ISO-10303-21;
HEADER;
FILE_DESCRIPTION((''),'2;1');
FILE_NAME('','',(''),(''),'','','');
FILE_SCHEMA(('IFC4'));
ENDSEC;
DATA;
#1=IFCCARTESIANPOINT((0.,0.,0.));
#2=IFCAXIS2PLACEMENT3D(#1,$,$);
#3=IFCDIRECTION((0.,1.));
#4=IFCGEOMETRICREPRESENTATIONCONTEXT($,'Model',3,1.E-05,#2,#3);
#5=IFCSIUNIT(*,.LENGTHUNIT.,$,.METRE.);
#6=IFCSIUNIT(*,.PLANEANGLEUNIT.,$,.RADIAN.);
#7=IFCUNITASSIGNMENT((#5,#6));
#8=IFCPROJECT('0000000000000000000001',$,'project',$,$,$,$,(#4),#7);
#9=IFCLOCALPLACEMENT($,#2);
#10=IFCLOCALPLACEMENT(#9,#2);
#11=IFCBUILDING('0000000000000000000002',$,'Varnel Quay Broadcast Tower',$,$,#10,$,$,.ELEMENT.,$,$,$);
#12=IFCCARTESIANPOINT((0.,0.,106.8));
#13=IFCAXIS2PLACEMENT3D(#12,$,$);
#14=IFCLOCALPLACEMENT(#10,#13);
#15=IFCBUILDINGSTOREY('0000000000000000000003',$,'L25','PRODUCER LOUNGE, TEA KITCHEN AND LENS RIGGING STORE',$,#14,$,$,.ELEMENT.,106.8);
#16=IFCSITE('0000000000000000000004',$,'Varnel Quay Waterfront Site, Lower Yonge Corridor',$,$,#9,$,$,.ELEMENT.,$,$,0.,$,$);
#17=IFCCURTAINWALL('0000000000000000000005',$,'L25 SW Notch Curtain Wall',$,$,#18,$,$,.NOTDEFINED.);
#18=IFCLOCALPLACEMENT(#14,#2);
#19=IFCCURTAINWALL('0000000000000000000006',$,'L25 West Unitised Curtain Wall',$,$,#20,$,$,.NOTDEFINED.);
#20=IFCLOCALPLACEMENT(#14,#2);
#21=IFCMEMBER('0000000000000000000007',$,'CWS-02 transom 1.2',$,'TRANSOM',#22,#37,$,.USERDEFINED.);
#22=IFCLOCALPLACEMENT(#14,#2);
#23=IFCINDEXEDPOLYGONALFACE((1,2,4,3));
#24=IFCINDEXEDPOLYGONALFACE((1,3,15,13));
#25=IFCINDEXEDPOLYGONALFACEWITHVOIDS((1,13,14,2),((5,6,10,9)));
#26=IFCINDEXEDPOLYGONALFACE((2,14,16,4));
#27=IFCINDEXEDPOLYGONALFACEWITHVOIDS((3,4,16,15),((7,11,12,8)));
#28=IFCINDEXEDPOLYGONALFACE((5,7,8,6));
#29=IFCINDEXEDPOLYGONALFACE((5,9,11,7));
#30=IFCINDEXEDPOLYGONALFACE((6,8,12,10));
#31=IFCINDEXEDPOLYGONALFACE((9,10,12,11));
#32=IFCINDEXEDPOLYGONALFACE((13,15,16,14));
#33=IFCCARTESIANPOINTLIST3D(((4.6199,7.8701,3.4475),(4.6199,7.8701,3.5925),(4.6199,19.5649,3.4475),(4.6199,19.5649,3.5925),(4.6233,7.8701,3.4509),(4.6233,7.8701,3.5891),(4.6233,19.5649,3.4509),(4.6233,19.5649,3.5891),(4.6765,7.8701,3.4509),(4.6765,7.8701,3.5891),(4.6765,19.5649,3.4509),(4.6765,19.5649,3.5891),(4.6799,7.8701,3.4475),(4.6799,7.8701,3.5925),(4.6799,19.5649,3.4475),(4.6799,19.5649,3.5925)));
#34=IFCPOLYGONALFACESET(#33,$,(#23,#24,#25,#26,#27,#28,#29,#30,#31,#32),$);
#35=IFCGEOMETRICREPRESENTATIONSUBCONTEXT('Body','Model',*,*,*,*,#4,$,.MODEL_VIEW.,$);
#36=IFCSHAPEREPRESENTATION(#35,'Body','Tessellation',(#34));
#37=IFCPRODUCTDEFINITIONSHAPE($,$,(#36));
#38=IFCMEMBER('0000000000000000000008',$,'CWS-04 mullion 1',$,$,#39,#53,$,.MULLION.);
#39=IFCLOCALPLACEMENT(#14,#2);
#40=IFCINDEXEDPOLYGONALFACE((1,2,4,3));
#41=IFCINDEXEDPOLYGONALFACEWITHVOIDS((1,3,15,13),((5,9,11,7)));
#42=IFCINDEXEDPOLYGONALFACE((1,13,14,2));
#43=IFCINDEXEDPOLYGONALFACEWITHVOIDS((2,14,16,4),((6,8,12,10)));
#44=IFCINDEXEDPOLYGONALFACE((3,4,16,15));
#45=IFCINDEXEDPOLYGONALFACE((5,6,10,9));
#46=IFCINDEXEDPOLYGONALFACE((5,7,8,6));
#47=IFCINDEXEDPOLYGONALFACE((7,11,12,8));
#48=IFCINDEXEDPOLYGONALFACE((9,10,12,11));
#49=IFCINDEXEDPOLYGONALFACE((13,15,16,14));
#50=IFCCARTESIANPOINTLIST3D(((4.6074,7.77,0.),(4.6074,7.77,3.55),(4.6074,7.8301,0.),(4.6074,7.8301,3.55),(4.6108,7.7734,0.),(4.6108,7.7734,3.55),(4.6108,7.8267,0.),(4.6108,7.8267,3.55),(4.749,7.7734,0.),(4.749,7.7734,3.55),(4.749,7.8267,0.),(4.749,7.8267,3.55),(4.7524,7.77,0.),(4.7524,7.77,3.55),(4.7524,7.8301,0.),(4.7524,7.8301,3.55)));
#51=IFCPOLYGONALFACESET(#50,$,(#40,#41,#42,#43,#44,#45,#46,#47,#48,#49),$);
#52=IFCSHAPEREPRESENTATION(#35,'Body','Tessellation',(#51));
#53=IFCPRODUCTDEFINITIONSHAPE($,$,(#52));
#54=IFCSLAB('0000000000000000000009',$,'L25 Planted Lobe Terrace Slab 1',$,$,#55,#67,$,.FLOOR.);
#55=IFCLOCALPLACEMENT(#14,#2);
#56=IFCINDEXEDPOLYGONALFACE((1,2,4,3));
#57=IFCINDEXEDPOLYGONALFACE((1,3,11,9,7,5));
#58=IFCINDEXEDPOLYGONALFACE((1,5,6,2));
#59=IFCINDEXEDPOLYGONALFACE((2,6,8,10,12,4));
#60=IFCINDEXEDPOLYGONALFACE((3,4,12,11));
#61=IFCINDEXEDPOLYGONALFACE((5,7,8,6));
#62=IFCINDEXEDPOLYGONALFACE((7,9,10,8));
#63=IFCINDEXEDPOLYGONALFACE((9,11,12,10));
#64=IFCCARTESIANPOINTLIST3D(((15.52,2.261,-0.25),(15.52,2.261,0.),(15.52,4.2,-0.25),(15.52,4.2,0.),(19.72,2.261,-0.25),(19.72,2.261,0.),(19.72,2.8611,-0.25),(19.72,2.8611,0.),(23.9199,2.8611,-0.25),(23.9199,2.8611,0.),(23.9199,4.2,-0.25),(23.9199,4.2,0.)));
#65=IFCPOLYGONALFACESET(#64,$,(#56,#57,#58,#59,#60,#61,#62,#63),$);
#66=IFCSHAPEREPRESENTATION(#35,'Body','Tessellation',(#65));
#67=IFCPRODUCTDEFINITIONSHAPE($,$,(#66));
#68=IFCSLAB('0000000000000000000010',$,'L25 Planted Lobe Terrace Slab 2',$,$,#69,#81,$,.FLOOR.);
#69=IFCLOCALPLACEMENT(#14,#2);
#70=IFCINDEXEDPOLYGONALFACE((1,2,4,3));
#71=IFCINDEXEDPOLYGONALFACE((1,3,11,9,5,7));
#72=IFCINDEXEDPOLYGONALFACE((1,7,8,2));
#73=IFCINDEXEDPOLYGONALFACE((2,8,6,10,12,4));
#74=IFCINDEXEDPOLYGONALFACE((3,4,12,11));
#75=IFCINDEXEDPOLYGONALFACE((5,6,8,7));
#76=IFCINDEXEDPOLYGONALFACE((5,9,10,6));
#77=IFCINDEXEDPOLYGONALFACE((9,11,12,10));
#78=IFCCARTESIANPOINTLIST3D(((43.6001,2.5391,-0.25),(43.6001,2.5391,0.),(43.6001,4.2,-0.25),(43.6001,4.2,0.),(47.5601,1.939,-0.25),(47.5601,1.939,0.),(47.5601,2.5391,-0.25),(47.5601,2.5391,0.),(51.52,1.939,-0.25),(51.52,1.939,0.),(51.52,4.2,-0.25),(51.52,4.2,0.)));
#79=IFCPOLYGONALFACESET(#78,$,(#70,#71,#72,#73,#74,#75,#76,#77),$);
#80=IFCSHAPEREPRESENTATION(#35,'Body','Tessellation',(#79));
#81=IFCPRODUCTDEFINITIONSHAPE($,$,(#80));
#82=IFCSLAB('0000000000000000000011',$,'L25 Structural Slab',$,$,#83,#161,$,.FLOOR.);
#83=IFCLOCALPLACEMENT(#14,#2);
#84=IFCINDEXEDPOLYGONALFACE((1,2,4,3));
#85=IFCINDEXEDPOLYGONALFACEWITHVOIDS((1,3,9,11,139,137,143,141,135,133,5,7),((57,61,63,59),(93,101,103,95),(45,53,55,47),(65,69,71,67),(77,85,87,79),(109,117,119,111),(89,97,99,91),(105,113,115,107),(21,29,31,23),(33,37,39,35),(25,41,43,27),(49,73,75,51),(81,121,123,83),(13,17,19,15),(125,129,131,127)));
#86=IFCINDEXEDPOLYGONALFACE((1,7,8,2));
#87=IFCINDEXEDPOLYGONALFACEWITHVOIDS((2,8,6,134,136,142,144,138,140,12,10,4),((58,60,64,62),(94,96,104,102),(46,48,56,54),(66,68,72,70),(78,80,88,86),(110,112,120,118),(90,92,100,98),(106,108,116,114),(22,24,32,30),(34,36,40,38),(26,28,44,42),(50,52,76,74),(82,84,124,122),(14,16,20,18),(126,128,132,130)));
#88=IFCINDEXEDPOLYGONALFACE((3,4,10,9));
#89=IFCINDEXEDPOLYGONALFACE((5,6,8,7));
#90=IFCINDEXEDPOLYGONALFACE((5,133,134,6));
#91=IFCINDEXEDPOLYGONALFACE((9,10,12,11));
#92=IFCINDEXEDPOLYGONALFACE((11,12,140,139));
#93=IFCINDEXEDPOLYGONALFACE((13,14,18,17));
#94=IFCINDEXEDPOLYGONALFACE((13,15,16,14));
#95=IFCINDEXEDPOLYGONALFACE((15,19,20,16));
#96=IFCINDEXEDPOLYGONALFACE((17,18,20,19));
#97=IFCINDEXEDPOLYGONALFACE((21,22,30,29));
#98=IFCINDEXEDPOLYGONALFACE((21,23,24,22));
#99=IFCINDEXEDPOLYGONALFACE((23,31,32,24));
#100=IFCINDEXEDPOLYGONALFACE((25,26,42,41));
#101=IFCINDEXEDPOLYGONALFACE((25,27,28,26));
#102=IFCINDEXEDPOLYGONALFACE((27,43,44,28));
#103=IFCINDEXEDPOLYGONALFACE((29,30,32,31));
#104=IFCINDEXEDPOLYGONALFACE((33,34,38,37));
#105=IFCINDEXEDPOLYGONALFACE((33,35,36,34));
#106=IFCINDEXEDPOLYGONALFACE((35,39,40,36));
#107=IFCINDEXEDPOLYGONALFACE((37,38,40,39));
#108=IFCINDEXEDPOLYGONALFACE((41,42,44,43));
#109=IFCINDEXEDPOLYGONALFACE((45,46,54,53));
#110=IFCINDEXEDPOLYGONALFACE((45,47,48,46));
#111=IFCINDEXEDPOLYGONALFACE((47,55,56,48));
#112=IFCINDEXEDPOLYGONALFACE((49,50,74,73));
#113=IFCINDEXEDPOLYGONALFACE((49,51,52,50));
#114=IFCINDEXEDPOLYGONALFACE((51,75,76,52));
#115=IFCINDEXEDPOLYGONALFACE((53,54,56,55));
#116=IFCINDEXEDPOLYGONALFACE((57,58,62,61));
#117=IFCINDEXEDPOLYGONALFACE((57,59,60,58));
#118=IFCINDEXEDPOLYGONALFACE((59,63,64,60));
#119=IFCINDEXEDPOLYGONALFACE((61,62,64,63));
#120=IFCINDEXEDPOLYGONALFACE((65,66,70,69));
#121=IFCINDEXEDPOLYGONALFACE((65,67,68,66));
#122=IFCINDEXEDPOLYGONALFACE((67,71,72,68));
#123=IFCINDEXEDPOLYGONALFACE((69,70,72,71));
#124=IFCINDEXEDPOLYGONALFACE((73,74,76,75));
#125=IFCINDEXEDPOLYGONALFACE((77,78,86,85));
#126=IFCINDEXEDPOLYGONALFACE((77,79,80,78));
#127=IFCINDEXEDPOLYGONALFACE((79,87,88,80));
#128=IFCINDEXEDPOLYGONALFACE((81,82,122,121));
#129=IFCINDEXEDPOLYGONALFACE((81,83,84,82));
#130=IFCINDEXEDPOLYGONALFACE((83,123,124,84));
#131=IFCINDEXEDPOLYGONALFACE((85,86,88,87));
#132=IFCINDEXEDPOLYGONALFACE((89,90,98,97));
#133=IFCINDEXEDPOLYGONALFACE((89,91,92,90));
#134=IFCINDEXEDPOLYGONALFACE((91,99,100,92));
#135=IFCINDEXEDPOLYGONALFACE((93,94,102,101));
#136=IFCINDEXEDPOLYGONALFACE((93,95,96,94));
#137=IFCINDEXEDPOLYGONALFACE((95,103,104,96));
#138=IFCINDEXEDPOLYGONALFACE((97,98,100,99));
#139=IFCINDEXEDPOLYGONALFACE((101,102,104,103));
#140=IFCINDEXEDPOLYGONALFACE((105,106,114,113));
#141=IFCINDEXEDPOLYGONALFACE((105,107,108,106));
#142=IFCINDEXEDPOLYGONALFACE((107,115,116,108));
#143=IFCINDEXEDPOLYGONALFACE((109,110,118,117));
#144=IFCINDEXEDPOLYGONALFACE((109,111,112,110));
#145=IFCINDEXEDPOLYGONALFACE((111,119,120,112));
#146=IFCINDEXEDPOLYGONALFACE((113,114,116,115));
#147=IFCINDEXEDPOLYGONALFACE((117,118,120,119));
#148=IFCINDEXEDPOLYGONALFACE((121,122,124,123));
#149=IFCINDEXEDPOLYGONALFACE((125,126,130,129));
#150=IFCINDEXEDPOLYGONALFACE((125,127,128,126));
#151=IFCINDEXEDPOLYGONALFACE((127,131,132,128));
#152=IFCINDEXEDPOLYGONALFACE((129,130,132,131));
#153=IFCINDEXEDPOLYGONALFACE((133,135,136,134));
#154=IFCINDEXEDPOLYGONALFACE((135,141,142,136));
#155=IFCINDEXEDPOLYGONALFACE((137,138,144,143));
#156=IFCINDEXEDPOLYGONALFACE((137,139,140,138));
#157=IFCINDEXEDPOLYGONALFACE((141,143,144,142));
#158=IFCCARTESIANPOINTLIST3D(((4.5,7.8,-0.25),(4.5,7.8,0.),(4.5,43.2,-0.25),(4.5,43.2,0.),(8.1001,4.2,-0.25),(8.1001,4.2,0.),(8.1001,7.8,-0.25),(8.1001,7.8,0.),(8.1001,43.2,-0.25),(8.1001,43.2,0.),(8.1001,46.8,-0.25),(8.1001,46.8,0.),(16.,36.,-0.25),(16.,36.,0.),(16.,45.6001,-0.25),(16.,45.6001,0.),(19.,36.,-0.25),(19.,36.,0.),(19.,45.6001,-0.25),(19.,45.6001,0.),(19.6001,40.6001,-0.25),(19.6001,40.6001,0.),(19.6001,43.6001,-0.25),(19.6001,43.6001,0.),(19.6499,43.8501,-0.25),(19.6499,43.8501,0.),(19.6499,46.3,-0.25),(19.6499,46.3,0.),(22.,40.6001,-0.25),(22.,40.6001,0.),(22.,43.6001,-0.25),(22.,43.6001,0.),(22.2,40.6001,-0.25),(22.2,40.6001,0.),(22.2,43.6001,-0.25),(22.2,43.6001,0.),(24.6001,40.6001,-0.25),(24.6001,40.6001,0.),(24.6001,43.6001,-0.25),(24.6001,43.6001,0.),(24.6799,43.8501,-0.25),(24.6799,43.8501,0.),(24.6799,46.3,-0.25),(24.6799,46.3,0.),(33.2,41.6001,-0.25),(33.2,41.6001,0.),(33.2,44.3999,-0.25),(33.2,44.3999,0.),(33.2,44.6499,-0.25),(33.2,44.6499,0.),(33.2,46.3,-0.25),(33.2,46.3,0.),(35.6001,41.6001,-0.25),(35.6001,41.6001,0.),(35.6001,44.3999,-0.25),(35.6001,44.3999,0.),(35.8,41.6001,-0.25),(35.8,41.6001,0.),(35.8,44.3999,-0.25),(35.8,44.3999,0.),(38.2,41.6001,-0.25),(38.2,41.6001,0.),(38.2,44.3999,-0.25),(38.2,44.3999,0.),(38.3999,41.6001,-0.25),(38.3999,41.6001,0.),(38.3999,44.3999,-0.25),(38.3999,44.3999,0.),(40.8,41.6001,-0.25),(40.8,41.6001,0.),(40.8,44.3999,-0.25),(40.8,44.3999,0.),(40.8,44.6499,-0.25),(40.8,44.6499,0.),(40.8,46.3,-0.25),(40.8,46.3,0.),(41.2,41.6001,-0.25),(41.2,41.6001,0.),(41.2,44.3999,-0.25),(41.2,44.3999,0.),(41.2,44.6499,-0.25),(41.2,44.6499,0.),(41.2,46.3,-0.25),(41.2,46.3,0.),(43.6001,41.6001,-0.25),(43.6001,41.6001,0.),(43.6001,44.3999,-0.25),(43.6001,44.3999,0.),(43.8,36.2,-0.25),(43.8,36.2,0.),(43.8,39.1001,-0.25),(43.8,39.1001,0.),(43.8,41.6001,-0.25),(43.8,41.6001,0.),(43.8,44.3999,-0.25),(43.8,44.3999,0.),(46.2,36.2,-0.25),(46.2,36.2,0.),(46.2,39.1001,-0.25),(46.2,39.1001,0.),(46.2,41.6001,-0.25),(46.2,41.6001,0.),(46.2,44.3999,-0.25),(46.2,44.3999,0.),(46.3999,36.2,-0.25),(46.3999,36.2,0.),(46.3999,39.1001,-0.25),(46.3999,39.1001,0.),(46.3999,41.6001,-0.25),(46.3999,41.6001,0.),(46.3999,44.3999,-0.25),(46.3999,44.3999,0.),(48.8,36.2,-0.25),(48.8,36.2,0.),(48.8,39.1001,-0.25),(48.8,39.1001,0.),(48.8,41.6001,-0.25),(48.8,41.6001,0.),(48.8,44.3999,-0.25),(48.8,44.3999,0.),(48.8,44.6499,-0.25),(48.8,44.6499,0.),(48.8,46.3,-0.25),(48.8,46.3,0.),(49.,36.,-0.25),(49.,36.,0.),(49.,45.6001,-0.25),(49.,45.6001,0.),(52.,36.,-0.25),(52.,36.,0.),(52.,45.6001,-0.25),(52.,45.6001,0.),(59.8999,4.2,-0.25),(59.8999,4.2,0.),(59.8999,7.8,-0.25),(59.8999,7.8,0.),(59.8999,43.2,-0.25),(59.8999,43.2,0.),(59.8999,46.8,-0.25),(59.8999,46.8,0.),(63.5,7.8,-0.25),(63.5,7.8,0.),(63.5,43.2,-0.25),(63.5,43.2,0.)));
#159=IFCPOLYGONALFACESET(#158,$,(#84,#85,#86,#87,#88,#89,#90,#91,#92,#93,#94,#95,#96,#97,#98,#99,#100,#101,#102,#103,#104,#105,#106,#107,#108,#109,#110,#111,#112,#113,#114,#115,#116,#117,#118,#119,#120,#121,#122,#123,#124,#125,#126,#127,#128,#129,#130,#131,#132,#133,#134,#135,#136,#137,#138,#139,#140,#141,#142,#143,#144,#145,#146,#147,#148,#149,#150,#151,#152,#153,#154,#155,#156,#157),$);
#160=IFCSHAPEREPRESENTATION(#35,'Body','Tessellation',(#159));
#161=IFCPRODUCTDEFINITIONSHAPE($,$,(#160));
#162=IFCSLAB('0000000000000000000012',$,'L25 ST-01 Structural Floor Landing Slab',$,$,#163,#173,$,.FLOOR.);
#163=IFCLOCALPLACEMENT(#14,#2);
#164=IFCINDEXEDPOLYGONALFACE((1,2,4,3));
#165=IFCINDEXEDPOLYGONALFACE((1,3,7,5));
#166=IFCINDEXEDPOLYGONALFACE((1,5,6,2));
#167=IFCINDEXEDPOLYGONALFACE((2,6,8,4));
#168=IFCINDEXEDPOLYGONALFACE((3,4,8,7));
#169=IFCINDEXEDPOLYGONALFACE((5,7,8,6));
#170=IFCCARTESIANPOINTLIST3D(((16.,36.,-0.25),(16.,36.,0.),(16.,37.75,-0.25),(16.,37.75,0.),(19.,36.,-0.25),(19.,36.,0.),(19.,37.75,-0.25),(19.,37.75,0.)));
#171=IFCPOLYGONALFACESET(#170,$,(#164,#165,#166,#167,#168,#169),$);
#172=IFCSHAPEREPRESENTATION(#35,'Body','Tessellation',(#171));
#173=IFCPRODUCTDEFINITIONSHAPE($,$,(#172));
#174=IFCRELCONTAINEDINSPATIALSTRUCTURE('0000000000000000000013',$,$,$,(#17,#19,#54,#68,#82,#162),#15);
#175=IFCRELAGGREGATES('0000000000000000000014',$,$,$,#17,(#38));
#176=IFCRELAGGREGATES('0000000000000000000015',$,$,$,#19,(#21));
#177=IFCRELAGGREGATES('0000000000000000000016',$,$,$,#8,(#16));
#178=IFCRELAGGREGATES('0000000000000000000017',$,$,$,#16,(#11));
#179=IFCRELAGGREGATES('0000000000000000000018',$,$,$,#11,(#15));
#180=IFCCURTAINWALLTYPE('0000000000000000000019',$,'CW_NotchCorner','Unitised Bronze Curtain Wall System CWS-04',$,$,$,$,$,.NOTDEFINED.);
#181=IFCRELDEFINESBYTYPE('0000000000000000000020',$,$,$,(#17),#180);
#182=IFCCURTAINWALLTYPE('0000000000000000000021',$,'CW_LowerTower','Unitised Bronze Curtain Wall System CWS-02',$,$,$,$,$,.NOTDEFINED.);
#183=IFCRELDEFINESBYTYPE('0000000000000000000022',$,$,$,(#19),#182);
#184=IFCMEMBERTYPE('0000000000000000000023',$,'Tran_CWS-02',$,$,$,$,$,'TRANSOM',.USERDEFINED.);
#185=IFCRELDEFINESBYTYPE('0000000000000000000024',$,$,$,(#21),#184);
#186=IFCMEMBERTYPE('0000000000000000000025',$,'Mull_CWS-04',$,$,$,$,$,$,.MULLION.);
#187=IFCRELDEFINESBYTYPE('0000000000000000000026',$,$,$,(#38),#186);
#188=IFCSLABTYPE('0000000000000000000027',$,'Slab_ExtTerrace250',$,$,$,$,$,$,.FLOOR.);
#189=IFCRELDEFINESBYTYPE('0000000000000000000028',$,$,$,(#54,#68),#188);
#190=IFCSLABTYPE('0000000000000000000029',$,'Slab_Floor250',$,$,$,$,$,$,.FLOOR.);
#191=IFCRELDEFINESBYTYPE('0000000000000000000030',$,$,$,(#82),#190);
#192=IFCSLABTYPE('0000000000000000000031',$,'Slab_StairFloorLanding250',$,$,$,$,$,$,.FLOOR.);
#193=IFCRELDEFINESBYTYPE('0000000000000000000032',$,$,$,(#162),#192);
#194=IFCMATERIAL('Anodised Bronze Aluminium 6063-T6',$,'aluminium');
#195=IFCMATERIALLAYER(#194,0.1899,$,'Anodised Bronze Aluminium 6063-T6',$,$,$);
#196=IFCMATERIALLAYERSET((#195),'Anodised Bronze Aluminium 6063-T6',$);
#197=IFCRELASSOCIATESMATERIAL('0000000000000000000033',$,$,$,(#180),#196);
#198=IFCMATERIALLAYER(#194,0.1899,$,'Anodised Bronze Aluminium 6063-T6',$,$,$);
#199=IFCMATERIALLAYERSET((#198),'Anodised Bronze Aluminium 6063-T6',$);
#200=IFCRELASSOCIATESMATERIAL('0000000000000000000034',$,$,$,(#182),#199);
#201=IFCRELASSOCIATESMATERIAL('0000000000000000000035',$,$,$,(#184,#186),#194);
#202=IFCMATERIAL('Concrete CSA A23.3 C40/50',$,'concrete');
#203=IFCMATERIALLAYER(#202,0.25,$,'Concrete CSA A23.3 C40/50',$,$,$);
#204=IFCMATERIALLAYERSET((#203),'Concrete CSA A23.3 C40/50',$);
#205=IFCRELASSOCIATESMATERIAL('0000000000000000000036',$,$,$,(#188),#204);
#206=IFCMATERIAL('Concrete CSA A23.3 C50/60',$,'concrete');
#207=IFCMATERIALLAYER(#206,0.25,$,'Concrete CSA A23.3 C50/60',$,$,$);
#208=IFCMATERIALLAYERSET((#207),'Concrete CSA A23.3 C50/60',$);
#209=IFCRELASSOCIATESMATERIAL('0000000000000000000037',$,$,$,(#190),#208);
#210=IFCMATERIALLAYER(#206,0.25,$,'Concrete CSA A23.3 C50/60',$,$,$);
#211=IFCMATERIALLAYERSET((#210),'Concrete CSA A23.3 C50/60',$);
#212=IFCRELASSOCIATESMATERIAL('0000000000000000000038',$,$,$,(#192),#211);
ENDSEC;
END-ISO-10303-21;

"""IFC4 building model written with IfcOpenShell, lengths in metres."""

from ifc_helpers import new_model, si_unit, direction, frame, origin, origin_2d, place, context, subcontext, project, spatial, polyline, hollow_rectangle, outline, extrude, source, transform, mapped, material, layer, layer_set, material_profile, profile_set, type_object, type_shapes, element, aggregate, save


model = new_model("IFC4")

# Units and contexts
model_context = context("Model", 3, precision=1e-05, world=origin(), true_north=direction((0.0, 1.0)))
body_context = subcontext(model_context, "Body", "Model", "MODEL_VIEW")
ifc_project = project(units=[si_unit("LENGTHUNIT", "METRE"), si_unit("PLANEANGLEUNIT", "RADIAN")], contexts=[model_context])

# Site, building, storey
site_placement = place(None, origin())
site = spatial("IfcSite", under=ifc_project, at=site_placement, Name="Varnel Quay Waterfront Site, Lower Yonge Corridor", CompositionType="ELEMENT", RefElevation=0.0)
building_placement = place(site_placement, origin())
building = spatial("IfcBuilding", under=site, at=building_placement, Name="Varnel Quay Broadcast Tower", CompositionType="ELEMENT")
storey_placement = place(building_placement, frame((0.0, 0.0, 106.8)))
storey = spatial("IfcBuildingStorey", under=building, at=storey_placement, Name="L25", Description="PRODUCER LOUNGE, TEA KITCHEN AND LENS RIGGING STORE", CompositionType="ELEMENT", Elevation=106.8)

# Curtain walls, member
ifc_material_1 = material(Name="Anodised Bronze Aluminium 6063-T6", Category="aluminium")
ifc_layer_1 = layer(ifc_material_1, 0.1899, Name="Anodised Bronze Aluminium 6063-T6")
ifc_layer_set_1 = layer_set([ifc_layer_1], Name="Anodised Bronze Aluminium 6063-T6")
curtain_wall_type_1 = type_object("IfcCurtainWallType", Name="CW_NotchCorner", Description="Unitised Bronze Curtain Wall System CWS-04", PredefinedType="NOTDEFINED", material=ifc_layer_set_1)
curtain_wall_1_placement = place(storey_placement, origin())
curtain_wall_1 = element("IfcCurtainWall", 1, at=curtain_wall_1_placement, inside=storey, type_object=curtain_wall_type_1, Name="L25 SW Notch Curtain Wall", PredefinedType="NOTDEFINED")
ifc_layer_2 = layer(ifc_material_1, 0.1899, Name="Anodised Bronze Aluminium 6063-T6")
ifc_layer_set_2 = layer_set([ifc_layer_2], Name="Anodised Bronze Aluminium 6063-T6")
curtain_wall_type_2 = type_object("IfcCurtainWallType", Name="CW_LowerTower", Description="Unitised Bronze Curtain Wall System CWS-02", PredefinedType="NOTDEFINED", material=ifc_layer_set_2)
curtain_wall_2_placement = place(storey_placement, origin())
curtain_wall_2 = element("IfcCurtainWall", 2, at=curtain_wall_2_placement, inside=storey, type_object=curtain_wall_type_2, Name="L25 West Unitised Curtain Wall", PredefinedType="NOTDEFINED")
ifc_material_profile_1 = material_profile(ifc_material_1, hollow_rectangle(XDim=0.0601, YDim=0.145, WallThickness=0.0034, at=origin_2d()), Name="ALU60X145X3.5")
ifc_profile_set_1 = profile_set([ifc_material_profile_1], Name="Anodised Bronze Aluminium 6063-T6")
member_type_1 = type_object("IfcMemberType", Name="Tran_CWS-02", ElementType="TRANSOM", PredefinedType="USERDEFINED", material=ifc_profile_set_1)
shared_shape_1 = source(origin(), body_context, "Body", "SweptSolid", [
    extrude(hollow_rectangle(XDim=0.0601, YDim=0.145, WallThickness=0.0034, at=origin_2d()), origin(), (0.0, 0.0, 1.0), 11.6948),
])
type_shapes(member_type_1, [shared_shape_1])
member_1_placement = place(storey_placement, frame((4.6499, 7.8701, 3.52), z_axis=(0.0, 1.0, 0.0), x_axis=(-1.0, 0.0, 0.0)))
member_1 = element("IfcMember", 3, at=member_1_placement, type_object=member_type_1, Name="CWS-02 transom 1.2", ObjectType="TRANSOM", PredefinedType="USERDEFINED", context=body_context, shape_type="MappedRepresentation", body=[
    mapped(shared_shape_1, transform((0.0, 0.0, 0.0), x_axis=(1.0, 0.0, 0.0), y_axis=(0.0, 1.0, 0.0), z_axis=(0.0, 0.0, 1.0), scale=1.0)),
])

# Member
ifc_material_profile_2 = material_profile(ifc_material_1, hollow_rectangle(XDim=0.0601, YDim=0.145, WallThickness=0.0034, at=origin_2d()), Name="ALU60X145X3.5")
ifc_profile_set_2 = profile_set([ifc_material_profile_2], Name="Anodised Bronze Aluminium 6063-T6")
member_type_2 = type_object("IfcMemberType", Name="Mull_CWS-04", PredefinedType="MULLION", material=ifc_profile_set_2)
shared_shape_2 = source(origin(), body_context, "Body", "SweptSolid", [
    extrude(hollow_rectangle(XDim=0.0601, YDim=0.145, WallThickness=0.0034, at=origin_2d()), origin(), (0.0, 0.0, 1.0), 3.55),
])
type_shapes(member_type_2, [shared_shape_2])
member_2_placement = place(storey_placement, frame((4.6799, 7.8, 0.0), z_axis=(0.0, 0.0, 1.0), x_axis=(0.0, 1.0, 0.0)))
member_2 = element("IfcMember", 4, at=member_2_placement, type_object=member_type_2, Name="CWS-04 mullion 1", PredefinedType="MULLION", context=body_context, shape_type="MappedRepresentation", body=[
    mapped(shared_shape_2, transform((0.0, 0.0, 0.0), x_axis=(1.0, 0.0, 0.0), y_axis=(0.0, 1.0, 0.0), z_axis=(0.0, 0.0, 1.0), scale=1.0)),
])

# Slabs
ifc_material_2 = material(Name="Concrete CSA A23.3 C40/50", Category="concrete")
ifc_layer_3 = layer(ifc_material_2, 0.25, Name="Concrete CSA A23.3 C40/50")
ifc_layer_set_3 = layer_set([ifc_layer_3], Name="Concrete CSA A23.3 C40/50")
slab_type_1 = type_object("IfcSlabType", Name="Slab_ExtTerrace250", PredefinedType="FLOOR", material=ifc_layer_set_3)
slab_1_placement = place(storey_placement, frame((0.0, 0.0, -0.25)))
element("IfcSlab", 5, at=slab_1_placement, inside=storey, type_object=slab_type_1, Name="L25 Planted Lobe Terrace Slab 1", PredefinedType="FLOOR", context=body_context, shape_type="SweptSolid", body=[
    extrude(outline(polyline([(15.52, 2.261), (19.72, 2.261), (19.72, 2.8611), (23.9199, 2.8611), (23.9199, 4.2), (15.52, 4.2), (15.52, 2.261)])), origin(), (0.0, 0.0, 1.0), 0.25),
])
slab_2_placement = place(storey_placement, frame((0.0, 0.0, -0.25)))
element("IfcSlab", 6, at=slab_2_placement, inside=storey, type_object=slab_type_1, Name="L25 Planted Lobe Terrace Slab 2", PredefinedType="FLOOR", context=body_context, shape_type="SweptSolid", body=[
    extrude(outline(polyline([(43.6001, 2.5391), (47.5601, 2.5391), (47.5601, 1.939), (51.52, 1.939), (51.52, 4.2), (43.6001, 4.2), (43.6001, 2.5391)])), origin(), (0.0, 0.0, 1.0), 0.25),
])
ifc_material_3 = material(Name="Concrete CSA A23.3 C50/60", Category="concrete")
ifc_layer_4 = layer(ifc_material_3, 0.25, Name="Concrete CSA A23.3 C50/60")
ifc_layer_set_4 = layer_set([ifc_layer_4], Name="Concrete CSA A23.3 C50/60")
slab_type_2 = type_object("IfcSlabType", Name="Slab_Floor250", PredefinedType="FLOOR", material=ifc_layer_set_4)
slab_3_placement = place(storey_placement, frame((0.0, 0.0, -0.25)))
element("IfcSlab", 7, at=slab_3_placement, inside=storey, type_object=slab_type_2, Name="L25 Structural Slab", PredefinedType="FLOOR", context=body_context, shape_type="SweptSolid", body=[
    extrude(outline(polyline([(8.1001, 4.2), (59.8999, 4.2), (59.8999, 7.8), (63.5, 7.8), (63.5, 43.2), (59.8999, 43.2), (59.8999, 46.8), (8.1001, 46.8), (8.1001, 43.2), (4.5, 43.2), (4.5, 7.8), (8.1001, 7.8), (8.1001, 4.2)]), holes=[polyline([(19.0, 36.0), (16.0, 36.0), (16.0, 45.6001), (19.0, 45.6001), (19.0, 36.0)]), polyline([(19.6001, 43.6001), (22.0, 43.6001), (22.0, 40.6001), (19.6001, 40.6001), (19.6001, 43.6001)]), polyline([(22.2, 43.6001), (24.6001, 43.6001), (24.6001, 40.6001), (22.2, 40.6001), (22.2, 43.6001)]), polyline([(33.2, 44.3999), (35.6001, 44.3999), (35.6001, 41.6001), (33.2, 41.6001), (33.2, 44.3999)]), polyline([(35.8, 44.3999), (38.2, 44.3999), (38.2, 41.6001), (35.8, 41.6001), (35.8, 44.3999)]), polyline([(38.3999, 44.3999), (40.8, 44.3999), (40.8, 41.6001), (38.3999, 41.6001), (38.3999, 44.3999)]), polyline([(19.6499, 46.3), (24.6799, 46.3), (24.6799, 43.8501), (19.6499, 43.8501), (19.6499, 46.3)]), polyline([(33.2, 46.3), (40.8, 46.3), (40.8, 44.6499), (33.2, 44.6499), (33.2, 46.3)]), polyline([(43.8, 39.1001), (46.2, 39.1001), (46.2, 36.2), (43.8, 36.2), (43.8, 39.1001)]), polyline([(46.3999, 39.1001), (48.8, 39.1001), (48.8, 36.2), (46.3999, 36.2), (46.3999, 39.1001)]), polyline([(49.0, 36.0), (49.0, 45.6001), (52.0, 45.6001), (52.0, 36.0), (49.0, 36.0)]), polyline([(41.2, 44.3999), (43.6001, 44.3999), (43.6001, 41.6001), (41.2, 41.6001), (41.2, 44.3999)]), polyline([(43.8, 44.3999), (46.2, 44.3999), (46.2, 41.6001), (43.8, 41.6001), (43.8, 44.3999)]), polyline([(46.3999, 44.3999), (48.8, 44.3999), (48.8, 41.6001), (46.3999, 41.6001), (46.3999, 44.3999)]), polyline([(41.2, 46.3), (48.8, 46.3), (48.8, 44.6499), (41.2, 44.6499), (41.2, 46.3)])]), origin(), (0.0, 0.0, 1.0), 0.25),
])
ifc_layer_5 = layer(ifc_material_3, 0.25, Name="Concrete CSA A23.3 C50/60")
ifc_layer_set_5 = layer_set([ifc_layer_5], Name="Concrete CSA A23.3 C50/60")
slab_type_3 = type_object("IfcSlabType", Name="Slab_StairFloorLanding250", PredefinedType="FLOOR", material=ifc_layer_set_5)
slab_4_placement = place(storey_placement, frame((0.0, 0.0, -0.25)))
element("IfcSlab", 8, at=slab_4_placement, inside=storey, type_object=slab_type_3, Name="L25 ST-01 Structural Floor Landing Slab", PredefinedType="FLOOR", context=body_context, shape_type="SweptSolid", body=[
    extrude(outline(polyline([(19.0, 36.0), (19.0, 37.75), (16.0, 37.75), (16.0, 36.0), (19.0, 36.0)])), origin(), (0.0, 0.0, 1.0), 0.25),
])

aggregate(curtain_wall_1, [member_2])
aggregate(curtain_wall_2, [member_1])

save(model, "model.ifc")
